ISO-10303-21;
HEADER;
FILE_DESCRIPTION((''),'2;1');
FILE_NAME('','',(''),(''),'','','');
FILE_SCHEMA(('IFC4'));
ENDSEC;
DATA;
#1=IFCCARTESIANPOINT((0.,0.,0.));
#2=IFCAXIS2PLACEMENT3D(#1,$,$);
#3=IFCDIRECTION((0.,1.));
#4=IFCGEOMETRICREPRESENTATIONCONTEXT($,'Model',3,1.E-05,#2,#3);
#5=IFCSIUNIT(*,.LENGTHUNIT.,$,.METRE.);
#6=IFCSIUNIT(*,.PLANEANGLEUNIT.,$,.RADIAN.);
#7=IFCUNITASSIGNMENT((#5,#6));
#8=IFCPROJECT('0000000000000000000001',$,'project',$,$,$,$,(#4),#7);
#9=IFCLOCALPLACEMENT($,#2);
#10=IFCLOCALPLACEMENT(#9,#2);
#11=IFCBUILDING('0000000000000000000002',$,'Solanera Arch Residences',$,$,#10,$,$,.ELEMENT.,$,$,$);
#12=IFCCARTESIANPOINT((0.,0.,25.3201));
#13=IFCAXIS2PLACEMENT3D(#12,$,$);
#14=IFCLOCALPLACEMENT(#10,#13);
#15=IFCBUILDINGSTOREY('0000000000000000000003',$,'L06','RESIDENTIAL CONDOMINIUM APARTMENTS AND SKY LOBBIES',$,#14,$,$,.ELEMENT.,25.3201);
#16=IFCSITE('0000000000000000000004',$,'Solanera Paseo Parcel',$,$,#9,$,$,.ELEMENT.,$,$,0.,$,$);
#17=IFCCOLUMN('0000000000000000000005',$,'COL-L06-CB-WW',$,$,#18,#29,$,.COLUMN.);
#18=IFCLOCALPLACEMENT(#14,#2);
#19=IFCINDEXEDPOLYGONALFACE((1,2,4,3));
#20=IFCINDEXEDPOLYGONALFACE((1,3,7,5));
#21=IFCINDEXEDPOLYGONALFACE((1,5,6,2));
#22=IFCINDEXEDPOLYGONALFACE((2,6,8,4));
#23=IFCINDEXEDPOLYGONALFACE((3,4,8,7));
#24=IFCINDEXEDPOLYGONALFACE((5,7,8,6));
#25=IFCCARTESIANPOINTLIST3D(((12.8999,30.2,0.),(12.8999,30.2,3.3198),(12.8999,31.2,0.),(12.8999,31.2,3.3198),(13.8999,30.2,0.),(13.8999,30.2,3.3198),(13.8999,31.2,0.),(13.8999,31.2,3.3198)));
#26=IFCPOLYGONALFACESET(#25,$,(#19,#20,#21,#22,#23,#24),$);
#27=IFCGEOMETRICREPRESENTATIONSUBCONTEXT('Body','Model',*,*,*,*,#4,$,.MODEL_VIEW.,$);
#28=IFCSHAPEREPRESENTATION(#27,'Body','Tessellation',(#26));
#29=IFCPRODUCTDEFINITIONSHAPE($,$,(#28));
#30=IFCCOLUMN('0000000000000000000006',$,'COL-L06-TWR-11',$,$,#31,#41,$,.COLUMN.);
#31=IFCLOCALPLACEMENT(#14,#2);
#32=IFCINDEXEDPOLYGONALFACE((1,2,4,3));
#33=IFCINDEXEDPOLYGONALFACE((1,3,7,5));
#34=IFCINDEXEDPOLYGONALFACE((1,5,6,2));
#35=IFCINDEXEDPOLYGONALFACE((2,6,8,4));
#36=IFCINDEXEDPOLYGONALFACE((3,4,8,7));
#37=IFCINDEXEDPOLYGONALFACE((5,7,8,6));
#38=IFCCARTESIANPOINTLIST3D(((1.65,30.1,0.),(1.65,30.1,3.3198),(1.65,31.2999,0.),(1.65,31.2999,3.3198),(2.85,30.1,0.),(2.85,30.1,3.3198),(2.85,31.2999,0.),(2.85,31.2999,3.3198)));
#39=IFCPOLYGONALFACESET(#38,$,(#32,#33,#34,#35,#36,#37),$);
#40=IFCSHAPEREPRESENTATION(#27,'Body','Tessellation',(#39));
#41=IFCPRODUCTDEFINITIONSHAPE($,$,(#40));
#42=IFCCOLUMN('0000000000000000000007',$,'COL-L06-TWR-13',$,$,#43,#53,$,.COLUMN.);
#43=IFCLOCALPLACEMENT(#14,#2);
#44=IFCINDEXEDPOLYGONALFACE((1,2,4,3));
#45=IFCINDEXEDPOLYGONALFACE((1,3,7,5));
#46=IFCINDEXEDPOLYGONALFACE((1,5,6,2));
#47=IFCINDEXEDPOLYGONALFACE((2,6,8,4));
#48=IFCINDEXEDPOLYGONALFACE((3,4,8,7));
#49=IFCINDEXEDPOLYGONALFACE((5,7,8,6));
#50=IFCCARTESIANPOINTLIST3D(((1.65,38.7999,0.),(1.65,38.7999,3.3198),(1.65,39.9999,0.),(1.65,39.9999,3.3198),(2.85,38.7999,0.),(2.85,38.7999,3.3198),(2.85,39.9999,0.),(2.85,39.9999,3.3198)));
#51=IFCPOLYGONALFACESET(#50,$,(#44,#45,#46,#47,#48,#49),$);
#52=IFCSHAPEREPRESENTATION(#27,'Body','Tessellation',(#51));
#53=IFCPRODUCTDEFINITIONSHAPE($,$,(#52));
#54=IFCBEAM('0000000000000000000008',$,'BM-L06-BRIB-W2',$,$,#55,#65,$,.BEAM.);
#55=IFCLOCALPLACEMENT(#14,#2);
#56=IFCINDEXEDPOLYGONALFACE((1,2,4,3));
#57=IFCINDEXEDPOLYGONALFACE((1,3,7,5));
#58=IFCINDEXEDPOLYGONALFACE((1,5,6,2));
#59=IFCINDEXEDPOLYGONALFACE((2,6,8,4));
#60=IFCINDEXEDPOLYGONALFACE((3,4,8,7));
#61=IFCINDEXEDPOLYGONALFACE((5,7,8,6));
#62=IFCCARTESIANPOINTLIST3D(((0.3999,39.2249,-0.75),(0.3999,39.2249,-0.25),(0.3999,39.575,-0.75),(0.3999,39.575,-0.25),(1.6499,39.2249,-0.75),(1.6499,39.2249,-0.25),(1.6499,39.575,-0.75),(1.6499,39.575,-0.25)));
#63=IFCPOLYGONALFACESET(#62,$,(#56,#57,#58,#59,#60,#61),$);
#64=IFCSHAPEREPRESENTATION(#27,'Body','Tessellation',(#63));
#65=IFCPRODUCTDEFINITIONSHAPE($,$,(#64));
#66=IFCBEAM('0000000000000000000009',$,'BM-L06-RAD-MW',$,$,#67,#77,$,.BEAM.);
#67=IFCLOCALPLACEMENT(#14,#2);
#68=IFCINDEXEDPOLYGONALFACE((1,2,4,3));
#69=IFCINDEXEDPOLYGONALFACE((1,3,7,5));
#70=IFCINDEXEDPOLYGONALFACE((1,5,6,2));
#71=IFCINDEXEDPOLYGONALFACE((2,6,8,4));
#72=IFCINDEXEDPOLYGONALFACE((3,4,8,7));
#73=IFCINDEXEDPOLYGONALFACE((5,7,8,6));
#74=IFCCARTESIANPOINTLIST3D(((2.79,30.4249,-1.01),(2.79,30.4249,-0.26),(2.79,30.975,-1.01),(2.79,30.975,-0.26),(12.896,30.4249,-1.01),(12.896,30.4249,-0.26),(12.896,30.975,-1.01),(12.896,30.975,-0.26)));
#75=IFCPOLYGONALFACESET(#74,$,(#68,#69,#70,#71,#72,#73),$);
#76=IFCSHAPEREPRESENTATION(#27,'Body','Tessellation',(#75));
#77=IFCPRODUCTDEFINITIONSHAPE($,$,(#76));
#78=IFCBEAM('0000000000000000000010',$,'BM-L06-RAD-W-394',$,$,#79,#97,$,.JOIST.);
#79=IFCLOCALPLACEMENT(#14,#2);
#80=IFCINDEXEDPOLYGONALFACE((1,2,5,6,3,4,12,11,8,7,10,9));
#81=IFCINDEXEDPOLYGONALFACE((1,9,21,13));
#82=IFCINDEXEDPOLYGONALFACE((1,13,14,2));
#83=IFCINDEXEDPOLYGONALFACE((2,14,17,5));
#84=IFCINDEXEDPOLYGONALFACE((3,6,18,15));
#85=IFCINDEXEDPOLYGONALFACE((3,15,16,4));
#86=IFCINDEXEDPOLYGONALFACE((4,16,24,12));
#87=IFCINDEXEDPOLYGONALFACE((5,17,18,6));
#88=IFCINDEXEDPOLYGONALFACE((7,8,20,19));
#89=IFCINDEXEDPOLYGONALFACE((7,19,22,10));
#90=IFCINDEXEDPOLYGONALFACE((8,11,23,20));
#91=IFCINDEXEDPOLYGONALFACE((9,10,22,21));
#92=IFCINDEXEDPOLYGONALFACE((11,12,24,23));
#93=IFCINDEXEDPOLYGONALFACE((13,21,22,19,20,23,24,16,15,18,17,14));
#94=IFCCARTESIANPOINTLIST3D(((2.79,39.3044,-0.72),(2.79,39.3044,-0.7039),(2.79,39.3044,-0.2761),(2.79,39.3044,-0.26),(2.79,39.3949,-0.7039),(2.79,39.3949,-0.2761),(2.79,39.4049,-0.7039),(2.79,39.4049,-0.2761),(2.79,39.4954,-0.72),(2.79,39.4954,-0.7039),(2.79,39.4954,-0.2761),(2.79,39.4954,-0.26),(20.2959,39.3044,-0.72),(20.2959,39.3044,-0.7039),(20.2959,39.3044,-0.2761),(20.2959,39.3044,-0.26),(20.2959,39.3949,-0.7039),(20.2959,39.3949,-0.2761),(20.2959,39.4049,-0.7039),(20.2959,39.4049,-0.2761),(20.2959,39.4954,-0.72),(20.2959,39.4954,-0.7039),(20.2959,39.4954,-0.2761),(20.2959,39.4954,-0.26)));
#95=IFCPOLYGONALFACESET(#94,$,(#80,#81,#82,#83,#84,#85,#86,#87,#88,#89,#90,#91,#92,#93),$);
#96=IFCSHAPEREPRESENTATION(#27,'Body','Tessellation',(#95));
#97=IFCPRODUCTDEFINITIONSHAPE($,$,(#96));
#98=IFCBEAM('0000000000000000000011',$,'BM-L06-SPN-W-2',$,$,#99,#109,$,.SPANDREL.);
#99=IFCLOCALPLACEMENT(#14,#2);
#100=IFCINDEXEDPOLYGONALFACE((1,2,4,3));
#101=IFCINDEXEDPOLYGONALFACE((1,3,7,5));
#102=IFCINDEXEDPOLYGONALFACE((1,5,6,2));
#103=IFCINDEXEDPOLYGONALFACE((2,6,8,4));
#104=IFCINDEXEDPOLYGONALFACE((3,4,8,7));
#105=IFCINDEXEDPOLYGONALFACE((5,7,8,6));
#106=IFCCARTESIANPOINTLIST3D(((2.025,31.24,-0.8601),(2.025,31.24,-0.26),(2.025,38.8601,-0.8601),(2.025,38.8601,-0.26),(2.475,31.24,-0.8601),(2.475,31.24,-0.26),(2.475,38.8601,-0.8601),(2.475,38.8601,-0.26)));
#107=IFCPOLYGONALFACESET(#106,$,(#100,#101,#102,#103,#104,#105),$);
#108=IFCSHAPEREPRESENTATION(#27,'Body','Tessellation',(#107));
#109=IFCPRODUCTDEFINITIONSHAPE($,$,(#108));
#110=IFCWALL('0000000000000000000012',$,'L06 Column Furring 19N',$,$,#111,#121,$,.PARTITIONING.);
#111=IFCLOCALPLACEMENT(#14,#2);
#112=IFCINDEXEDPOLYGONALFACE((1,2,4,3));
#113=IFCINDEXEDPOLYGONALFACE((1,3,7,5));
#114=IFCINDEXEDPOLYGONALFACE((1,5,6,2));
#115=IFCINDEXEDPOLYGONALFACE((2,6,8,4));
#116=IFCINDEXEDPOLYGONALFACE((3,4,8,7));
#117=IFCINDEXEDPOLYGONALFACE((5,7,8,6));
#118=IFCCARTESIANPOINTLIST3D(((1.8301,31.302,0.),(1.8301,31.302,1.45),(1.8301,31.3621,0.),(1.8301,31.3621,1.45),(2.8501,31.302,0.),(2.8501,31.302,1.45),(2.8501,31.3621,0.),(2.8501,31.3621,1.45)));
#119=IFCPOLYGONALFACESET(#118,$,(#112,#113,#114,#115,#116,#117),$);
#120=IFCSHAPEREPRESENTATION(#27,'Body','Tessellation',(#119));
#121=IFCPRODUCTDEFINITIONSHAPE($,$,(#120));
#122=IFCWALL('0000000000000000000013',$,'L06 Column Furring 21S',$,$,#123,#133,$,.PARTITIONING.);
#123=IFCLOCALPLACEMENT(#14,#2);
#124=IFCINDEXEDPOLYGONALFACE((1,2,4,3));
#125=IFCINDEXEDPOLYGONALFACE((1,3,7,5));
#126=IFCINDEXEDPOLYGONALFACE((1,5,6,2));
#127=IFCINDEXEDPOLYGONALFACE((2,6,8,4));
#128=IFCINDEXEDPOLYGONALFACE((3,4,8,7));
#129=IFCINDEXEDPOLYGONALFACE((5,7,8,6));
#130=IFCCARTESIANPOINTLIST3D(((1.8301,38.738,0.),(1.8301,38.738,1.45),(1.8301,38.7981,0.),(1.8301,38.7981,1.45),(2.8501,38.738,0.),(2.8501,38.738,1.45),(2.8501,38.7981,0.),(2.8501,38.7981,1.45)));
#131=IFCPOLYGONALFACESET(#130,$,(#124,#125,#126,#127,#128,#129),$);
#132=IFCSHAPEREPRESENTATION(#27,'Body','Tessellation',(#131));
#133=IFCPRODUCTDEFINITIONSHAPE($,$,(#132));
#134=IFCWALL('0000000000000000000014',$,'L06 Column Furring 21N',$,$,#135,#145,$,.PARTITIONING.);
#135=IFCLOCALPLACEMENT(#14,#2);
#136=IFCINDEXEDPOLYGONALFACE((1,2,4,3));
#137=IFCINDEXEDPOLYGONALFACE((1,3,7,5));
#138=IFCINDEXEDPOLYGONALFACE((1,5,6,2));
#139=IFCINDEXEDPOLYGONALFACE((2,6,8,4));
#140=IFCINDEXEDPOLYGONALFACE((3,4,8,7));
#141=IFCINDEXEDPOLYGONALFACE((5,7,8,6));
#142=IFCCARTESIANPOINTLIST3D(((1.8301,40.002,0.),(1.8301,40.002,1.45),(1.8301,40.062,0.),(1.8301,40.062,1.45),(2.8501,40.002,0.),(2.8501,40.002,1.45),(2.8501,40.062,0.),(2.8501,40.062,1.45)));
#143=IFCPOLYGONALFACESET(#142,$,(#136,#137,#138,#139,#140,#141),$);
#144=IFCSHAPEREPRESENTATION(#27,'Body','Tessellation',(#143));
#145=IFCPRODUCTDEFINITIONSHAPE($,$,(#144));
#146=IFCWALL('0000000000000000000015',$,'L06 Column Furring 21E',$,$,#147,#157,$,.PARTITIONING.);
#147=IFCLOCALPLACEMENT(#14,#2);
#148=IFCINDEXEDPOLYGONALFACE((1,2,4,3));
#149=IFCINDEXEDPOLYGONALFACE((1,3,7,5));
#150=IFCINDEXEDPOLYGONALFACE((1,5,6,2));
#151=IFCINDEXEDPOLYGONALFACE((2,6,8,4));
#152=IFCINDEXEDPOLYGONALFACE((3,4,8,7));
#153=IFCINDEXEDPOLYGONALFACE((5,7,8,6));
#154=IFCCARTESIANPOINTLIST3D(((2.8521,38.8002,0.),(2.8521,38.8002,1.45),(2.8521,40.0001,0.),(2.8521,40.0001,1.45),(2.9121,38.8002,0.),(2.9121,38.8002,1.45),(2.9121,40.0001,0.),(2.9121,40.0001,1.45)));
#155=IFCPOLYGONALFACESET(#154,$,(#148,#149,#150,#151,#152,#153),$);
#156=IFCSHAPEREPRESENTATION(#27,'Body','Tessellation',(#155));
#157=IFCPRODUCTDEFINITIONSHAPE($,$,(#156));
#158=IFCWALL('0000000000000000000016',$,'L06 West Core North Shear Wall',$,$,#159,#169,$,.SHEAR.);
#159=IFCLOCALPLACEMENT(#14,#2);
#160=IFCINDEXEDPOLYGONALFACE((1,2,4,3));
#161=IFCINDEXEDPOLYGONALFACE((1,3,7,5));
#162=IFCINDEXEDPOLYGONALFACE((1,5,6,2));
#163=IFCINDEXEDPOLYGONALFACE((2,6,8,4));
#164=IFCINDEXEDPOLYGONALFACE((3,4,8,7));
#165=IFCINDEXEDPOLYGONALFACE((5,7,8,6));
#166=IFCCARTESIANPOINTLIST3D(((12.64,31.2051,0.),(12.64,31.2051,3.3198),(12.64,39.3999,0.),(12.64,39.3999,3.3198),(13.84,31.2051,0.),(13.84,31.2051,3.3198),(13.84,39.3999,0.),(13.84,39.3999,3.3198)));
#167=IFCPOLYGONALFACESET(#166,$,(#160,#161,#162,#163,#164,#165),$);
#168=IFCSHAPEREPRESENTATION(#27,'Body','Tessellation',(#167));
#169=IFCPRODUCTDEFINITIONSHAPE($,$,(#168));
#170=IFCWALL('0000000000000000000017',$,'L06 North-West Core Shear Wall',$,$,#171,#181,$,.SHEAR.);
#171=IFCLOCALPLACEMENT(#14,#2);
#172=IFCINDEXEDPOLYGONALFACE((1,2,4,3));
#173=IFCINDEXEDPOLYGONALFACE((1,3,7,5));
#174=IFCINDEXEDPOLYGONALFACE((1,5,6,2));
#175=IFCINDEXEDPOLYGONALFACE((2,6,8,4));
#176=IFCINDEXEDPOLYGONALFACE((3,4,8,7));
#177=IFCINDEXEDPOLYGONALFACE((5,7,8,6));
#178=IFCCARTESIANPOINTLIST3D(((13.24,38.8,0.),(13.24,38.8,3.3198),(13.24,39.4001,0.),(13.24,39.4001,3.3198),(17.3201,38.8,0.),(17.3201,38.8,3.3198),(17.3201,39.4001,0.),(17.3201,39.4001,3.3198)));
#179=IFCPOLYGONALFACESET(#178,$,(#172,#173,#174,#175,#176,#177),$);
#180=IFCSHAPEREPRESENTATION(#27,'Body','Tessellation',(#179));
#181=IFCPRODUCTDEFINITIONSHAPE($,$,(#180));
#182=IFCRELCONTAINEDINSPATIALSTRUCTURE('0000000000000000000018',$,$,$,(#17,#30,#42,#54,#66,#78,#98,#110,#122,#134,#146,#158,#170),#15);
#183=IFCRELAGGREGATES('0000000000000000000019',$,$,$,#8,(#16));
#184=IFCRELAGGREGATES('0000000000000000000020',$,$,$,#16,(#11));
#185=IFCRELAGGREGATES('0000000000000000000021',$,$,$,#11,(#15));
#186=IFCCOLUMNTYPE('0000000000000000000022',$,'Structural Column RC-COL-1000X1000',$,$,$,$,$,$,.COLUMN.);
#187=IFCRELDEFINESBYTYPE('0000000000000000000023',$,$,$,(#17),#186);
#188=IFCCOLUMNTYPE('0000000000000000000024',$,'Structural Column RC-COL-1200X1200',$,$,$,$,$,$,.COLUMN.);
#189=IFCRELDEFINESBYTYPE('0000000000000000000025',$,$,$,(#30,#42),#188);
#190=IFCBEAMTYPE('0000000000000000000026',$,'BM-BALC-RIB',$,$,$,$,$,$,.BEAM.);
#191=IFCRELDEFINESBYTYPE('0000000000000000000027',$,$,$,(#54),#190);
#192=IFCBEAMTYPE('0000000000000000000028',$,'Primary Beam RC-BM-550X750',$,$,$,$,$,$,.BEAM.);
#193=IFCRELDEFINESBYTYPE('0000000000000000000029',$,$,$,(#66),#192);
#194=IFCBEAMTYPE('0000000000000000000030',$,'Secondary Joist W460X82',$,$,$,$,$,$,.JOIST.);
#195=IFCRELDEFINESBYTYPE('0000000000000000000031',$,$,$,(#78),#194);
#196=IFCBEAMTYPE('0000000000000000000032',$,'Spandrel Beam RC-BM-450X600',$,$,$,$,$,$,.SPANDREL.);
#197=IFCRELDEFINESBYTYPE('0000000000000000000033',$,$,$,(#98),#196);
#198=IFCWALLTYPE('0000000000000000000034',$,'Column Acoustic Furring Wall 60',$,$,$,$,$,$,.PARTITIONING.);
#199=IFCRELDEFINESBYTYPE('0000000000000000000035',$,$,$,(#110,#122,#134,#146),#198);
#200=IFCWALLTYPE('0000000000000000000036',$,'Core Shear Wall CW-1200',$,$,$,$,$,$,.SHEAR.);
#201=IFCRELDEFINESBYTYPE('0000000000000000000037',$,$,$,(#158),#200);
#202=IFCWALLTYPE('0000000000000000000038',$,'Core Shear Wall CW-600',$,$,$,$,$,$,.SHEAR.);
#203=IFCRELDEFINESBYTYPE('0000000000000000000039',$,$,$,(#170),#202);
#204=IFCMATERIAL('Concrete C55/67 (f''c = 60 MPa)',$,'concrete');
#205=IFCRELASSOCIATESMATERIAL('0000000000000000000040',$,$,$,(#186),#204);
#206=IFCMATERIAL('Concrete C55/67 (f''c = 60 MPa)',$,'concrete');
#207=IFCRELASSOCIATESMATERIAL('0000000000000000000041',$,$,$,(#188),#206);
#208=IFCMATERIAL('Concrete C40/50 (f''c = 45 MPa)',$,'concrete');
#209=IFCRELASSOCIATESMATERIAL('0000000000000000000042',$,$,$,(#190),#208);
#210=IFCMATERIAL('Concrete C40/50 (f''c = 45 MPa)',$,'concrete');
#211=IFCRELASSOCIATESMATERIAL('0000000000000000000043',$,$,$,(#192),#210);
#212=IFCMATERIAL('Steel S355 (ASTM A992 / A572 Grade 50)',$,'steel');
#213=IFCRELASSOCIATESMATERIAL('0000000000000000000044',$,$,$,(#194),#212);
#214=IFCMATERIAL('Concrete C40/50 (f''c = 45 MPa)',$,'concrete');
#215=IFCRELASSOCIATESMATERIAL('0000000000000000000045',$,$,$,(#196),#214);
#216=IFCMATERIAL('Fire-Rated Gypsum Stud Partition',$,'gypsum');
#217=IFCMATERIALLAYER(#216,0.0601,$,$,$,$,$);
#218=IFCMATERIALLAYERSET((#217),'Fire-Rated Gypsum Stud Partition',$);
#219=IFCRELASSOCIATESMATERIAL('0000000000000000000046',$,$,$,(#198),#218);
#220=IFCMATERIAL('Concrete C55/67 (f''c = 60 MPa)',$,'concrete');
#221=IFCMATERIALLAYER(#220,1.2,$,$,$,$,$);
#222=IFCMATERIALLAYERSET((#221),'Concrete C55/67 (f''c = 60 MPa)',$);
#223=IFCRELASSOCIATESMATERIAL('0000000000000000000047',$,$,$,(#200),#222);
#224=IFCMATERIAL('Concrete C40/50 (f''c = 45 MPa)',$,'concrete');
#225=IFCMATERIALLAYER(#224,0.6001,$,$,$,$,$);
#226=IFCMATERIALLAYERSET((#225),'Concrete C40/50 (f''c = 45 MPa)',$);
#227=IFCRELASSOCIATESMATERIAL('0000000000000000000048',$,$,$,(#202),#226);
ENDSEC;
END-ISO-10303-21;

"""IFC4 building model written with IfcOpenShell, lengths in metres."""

from ifc_helpers import new_model, si_unit, direction, frame, frame_2d, origin, origin_2d, place, context, subcontext, project, spatial, rectangle, i_section, extrude, material, layer, layer_set, material_profile, profile_set, type_object, element, save


model = new_model("IFC4")

# Units and contexts
model_context = context("Model", 3, precision=1e-05, world=origin(), true_north=direction((0.0, 1.0)))
body_context = subcontext(model_context, "Body", "Model", "MODEL_VIEW")
ifc_project = project(units=[si_unit("LENGTHUNIT", "METRE"), si_unit("PLANEANGLEUNIT", "RADIAN")], contexts=[model_context])

# Site, building, storey
site_placement = place(None, origin())
site = spatial("IfcSite", under=ifc_project, at=site_placement, Name="Solanera Paseo Parcel", CompositionType="ELEMENT", RefElevation=0.0)
building_placement = place(site_placement, origin())
building = spatial("IfcBuilding", under=site, at=building_placement, Name="Solanera Arch Residences", CompositionType="ELEMENT")
storey_placement = place(building_placement, frame((0.0, 0.0, 25.3201)))
storey = spatial("IfcBuildingStorey", under=building, at=storey_placement, Name="L06", Description="RESIDENTIAL CONDOMINIUM APARTMENTS AND SKY LOBBIES", CompositionType="ELEMENT", Elevation=25.3201)

# Columns
ifc_material_1 = material(Name="Concrete C55/67 (f'c = 60 MPa)", Category="concrete")
ifc_material_profile_1 = material_profile(ifc_material_1, rectangle(XDim=1.0, YDim=1.0, at=origin_2d()))
ifc_profile_set_1 = profile_set([ifc_material_profile_1], Name="Concrete C55/67 (f'c = 60 MPa)")
column_type_1 = type_object("IfcColumnType", Name="Structural Column RC-COL-1000X1000", PredefinedType="COLUMN", material=ifc_profile_set_1)
column_placement = place(storey_placement, frame((13.3999, 30.7, 0.0), z_axis=(0.0, 0.0, 1.0), x_axis=(1.0, 0.0, 0.0)))
element("IfcColumn", 1, at=column_placement, inside=storey, type_object=column_type_1, Name="COL-L06-CB-WW", PredefinedType="COLUMN", context=body_context, shape_type="SweptSolid", body=[
    extrude(rectangle(XDim=1.0, YDim=1.0, at=origin_2d()), origin(), (0.0, 0.0, 1.0), 3.3198),
])
ifc_material_2 = material(Name="Concrete C55/67 (f'c = 60 MPa)", Category="concrete")
ifc_material_profile_2 = material_profile(ifc_material_2, rectangle(XDim=1.2, YDim=1.2, at=origin_2d()))
ifc_profile_set_2 = profile_set([ifc_material_profile_2], Name="Concrete C55/67 (f'c = 60 MPa)")
column_type_2 = type_object("IfcColumnType", Name="Structural Column RC-COL-1200X1200", PredefinedType="COLUMN", material=ifc_profile_set_2)
for number, where, z_axis, x_axis, name in (
    (2, (2.25, 30.7, 0.0), (0.0, 0.0, 1.0), (1.0, 0.0, 0.0), "COL-L06-TWR-11"),
    (3, (2.25, 39.3999, 0.0), (0.0, 0.0, 1.0), (1.0, 0.0, 0.0), "COL-L06-TWR-13"),
):
    element("IfcColumn", number, at=place(storey_placement, frame(where, z_axis=z_axis, x_axis=x_axis)), inside=storey, type_object=column_type_2, Name=name, PredefinedType="COLUMN", context=body_context, shape_type="SweptSolid", body=[
        extrude(rectangle(XDim=1.2, YDim=1.2, at=origin_2d()), origin(), (0.0, 0.0, 1.0), 3.3198),
    ])

# Beams
ifc_material_3 = material(Name="Concrete C40/50 (f'c = 45 MPa)", Category="concrete")
ifc_material_profile_3 = material_profile(ifc_material_3, rectangle(XDim=0.3501, YDim=0.5, at=origin_2d()))
ifc_profile_set_3 = profile_set([ifc_material_profile_3], Name="Concrete C40/50 (f'c = 45 MPa)")
beam_type_1 = type_object("IfcBeamType", Name="BM-BALC-RIB", PredefinedType="BEAM", material=ifc_profile_set_3)
beam_1_placement = place(storey_placement, frame((0.3999, 39.3999, -0.5), z_axis=(1.0, 0.0, 0.0), x_axis=(0.0, 1.0, 0.0)))
element("IfcBeam", 4, at=beam_1_placement, inside=storey, type_object=beam_type_1, Name="BM-L06-BRIB-W2", PredefinedType="BEAM", context=body_context, shape_type="SweptSolid", body=[
    extrude(rectangle(XDim=0.3501, YDim=0.5, at=origin_2d()), origin(), (0.0, 0.0, 1.0), 1.25),
])
ifc_material_4 = material(Name="Concrete C40/50 (f'c = 45 MPa)", Category="concrete")
ifc_material_profile_4 = material_profile(ifc_material_4, rectangle(XDim=0.55, YDim=0.75, at=origin_2d()))
ifc_profile_set_4 = profile_set([ifc_material_profile_4], Name="Concrete C40/50 (f'c = 45 MPa)")
beam_type_2 = type_object("IfcBeamType", Name="Primary Beam RC-BM-550X750", PredefinedType="BEAM", material=ifc_profile_set_4)
beam_2_placement = place(storey_placement, frame((2.79, 30.7, -0.635), z_axis=(1.0, 0.0, 0.0), x_axis=(0.0, 1.0, 0.0)))
element("IfcBeam", 5, at=beam_2_placement, inside=storey, type_object=beam_type_2, Name="BM-L06-RAD-MW", PredefinedType="BEAM", context=body_context, shape_type="SweptSolid", body=[
    extrude(rectangle(XDim=0.55, YDim=0.75, at=origin_2d()), origin(), (0.0, 0.0, 1.0), 10.106),
])
ifc_material_5 = material(Name="Steel S355 (ASTM A992 / A572 Grade 50)", Category="steel")
ifc_material_profile_5 = material_profile(ifc_material_5, i_section(OverallWidth=0.1909, OverallDepth=0.46, WebThickness=0.01, FlangeThickness=0.0161, at=origin_2d()))
ifc_profile_set_5 = profile_set([ifc_material_profile_5], Name="Steel S355 (ASTM A992 / A572 Grade 50)")
beam_type_3 = type_object("IfcBeamType", Name="Secondary Joist W460X82", PredefinedType="JOIST", material=ifc_profile_set_5)
beam_3_placement = place(storey_placement, frame((2.79, 39.3999, -0.49), z_axis=(1.0, 0.0, 0.0), x_axis=(0.0, 1.0, 0.0)))
element("IfcBeam", 6, at=beam_3_placement, inside=storey, type_object=beam_type_3, Name="BM-L06-RAD-W-394", PredefinedType="JOIST", context=body_context, shape_type="SweptSolid", body=[
    extrude(i_section(OverallWidth=0.1909, OverallDepth=0.46, WebThickness=0.01, FlangeThickness=0.0161, at=origin_2d()), origin(), (0.0, 0.0, 1.0), 17.5059),
])
ifc_material_6 = material(Name="Concrete C40/50 (f'c = 45 MPa)", Category="concrete")
ifc_material_profile_6 = material_profile(ifc_material_6, rectangle(XDim=0.45, YDim=0.6001, at=origin_2d()))
ifc_profile_set_6 = profile_set([ifc_material_profile_6], Name="Concrete C40/50 (f'c = 45 MPa)")
beam_type_4 = type_object("IfcBeamType", Name="Spandrel Beam RC-BM-450X600", PredefinedType="SPANDREL", material=ifc_profile_set_6)
beam_4_placement = place(storey_placement, frame((2.25, 31.24, -0.5601), z_axis=(0.0, 1.0, 0.0), x_axis=(-1.0, 0.0, 0.0)))
element("IfcBeam", 7, at=beam_4_placement, inside=storey, type_object=beam_type_4, Name="BM-L06-SPN-W-2", PredefinedType="SPANDREL", context=body_context, shape_type="SweptSolid", body=[
    extrude(rectangle(XDim=0.45, YDim=0.6001, at=origin_2d()), origin(), (0.0, 0.0, 1.0), 7.6201),
])

# Walls
ifc_material_7 = material(Name="Fire-Rated Gypsum Stud Partition", Category="gypsum")
ifc_layer_1 = layer(ifc_material_7, 0.0601)
ifc_layer_set_1 = layer_set([ifc_layer_1], Name="Fire-Rated Gypsum Stud Partition")
wall_type_1 = type_object("IfcWallType", Name="Column Acoustic Furring Wall 60", PredefinedType="PARTITIONING", material=ifc_layer_set_1)
for number, where, z_axis, x_axis, name in (
    (8, (1.8301, 31.332, 0.0), (0.0, 0.0, 1.0), (1.0, 0.0, 0.0), "L06 Column Furring 19N"),
    (9, (1.8301, 38.7681, 0.0), (0.0, 0.0, 1.0), (1.0, 0.0, 0.0), "L06 Column Furring 21S"),
    (10, (1.8301, 40.032, 0.0), (0.0, 0.0, 1.0), (1.0, 0.0, 0.0), "L06 Column Furring 21N"),
):
    element("IfcWall", number, at=place(storey_placement, frame(where, z_axis=z_axis, x_axis=x_axis)), inside=storey, type_object=wall_type_1, Name=name, PredefinedType="PARTITIONING", context=body_context, shape_type="SweptSolid", body=[
        extrude(rectangle(XDim=1.02, YDim=0.0601, at=frame_2d((0.51, 0.0))), origin(), (0.0, 0.0, 1.0), 1.45),
    ])
wall_1_placement = place(storey_placement, frame((2.8821, 38.8, 0.0), z_axis=(0.0, 0.0, 1.0), x_axis=(0.0, 1.0, 0.0)))
element("IfcWall", 11, at=wall_1_placement, inside=storey, type_object=wall_type_1, Name="L06 Column Furring 21E", PredefinedType="PARTITIONING", context=body_context, shape_type="SweptSolid", body=[
    extrude(rectangle(XDim=1.2, YDim=0.0601, at=frame_2d((0.6001, 0.0))), origin(), (0.0, 0.0, 1.0), 1.45),
])
ifc_material_8 = material(Name="Concrete C55/67 (f'c = 60 MPa)", Category="concrete")
ifc_layer_2 = layer(ifc_material_8, 1.2)
ifc_layer_set_2 = layer_set([ifc_layer_2], Name="Concrete C55/67 (f'c = 60 MPa)")
wall_type_2 = type_object("IfcWallType", Name="Core Shear Wall CW-1200", PredefinedType="SHEAR", material=ifc_layer_set_2)
wall_2_placement = place(storey_placement, frame((13.24, 31.2051, 0.0), z_axis=(0.0, 0.0, 1.0), x_axis=(0.0, 1.0, 0.0)))
element("IfcWall", 12, at=wall_2_placement, inside=storey, type_object=wall_type_2, Name="L06 West Core North Shear Wall", PredefinedType="SHEAR", context=body_context, shape_type="SweptSolid", body=[
    extrude(rectangle(XDim=8.1948, YDim=1.2, at=frame_2d((4.0974, 0.0))), origin(), (0.0, 0.0, 1.0), 3.3198),
])
ifc_material_9 = material(Name="Concrete C40/50 (f'c = 45 MPa)", Category="concrete")
ifc_layer_3 = layer(ifc_material_9, 0.6001)
ifc_layer_set_3 = layer_set([ifc_layer_3], Name="Concrete C40/50 (f'c = 45 MPa)")
wall_type_3 = type_object("IfcWallType", Name="Core Shear Wall CW-600", PredefinedType="SHEAR", material=ifc_layer_set_3)
wall_3_placement = place(storey_placement, frame((13.24, 39.1001, 0.0), z_axis=(0.0, 0.0, 1.0), x_axis=(1.0, 0.0, 0.0)))
element("IfcWall", 13, at=wall_3_placement, inside=storey, type_object=wall_type_3, Name="L06 North-West Core Shear Wall", PredefinedType="SHEAR", context=body_context, shape_type="SweptSolid", body=[
    extrude(rectangle(XDim=4.0801, YDim=0.6001, at=frame_2d((2.04, 0.0))), origin(), (0.0, 0.0, 1.0), 3.3198),
])

save(model, "model.ifc")
